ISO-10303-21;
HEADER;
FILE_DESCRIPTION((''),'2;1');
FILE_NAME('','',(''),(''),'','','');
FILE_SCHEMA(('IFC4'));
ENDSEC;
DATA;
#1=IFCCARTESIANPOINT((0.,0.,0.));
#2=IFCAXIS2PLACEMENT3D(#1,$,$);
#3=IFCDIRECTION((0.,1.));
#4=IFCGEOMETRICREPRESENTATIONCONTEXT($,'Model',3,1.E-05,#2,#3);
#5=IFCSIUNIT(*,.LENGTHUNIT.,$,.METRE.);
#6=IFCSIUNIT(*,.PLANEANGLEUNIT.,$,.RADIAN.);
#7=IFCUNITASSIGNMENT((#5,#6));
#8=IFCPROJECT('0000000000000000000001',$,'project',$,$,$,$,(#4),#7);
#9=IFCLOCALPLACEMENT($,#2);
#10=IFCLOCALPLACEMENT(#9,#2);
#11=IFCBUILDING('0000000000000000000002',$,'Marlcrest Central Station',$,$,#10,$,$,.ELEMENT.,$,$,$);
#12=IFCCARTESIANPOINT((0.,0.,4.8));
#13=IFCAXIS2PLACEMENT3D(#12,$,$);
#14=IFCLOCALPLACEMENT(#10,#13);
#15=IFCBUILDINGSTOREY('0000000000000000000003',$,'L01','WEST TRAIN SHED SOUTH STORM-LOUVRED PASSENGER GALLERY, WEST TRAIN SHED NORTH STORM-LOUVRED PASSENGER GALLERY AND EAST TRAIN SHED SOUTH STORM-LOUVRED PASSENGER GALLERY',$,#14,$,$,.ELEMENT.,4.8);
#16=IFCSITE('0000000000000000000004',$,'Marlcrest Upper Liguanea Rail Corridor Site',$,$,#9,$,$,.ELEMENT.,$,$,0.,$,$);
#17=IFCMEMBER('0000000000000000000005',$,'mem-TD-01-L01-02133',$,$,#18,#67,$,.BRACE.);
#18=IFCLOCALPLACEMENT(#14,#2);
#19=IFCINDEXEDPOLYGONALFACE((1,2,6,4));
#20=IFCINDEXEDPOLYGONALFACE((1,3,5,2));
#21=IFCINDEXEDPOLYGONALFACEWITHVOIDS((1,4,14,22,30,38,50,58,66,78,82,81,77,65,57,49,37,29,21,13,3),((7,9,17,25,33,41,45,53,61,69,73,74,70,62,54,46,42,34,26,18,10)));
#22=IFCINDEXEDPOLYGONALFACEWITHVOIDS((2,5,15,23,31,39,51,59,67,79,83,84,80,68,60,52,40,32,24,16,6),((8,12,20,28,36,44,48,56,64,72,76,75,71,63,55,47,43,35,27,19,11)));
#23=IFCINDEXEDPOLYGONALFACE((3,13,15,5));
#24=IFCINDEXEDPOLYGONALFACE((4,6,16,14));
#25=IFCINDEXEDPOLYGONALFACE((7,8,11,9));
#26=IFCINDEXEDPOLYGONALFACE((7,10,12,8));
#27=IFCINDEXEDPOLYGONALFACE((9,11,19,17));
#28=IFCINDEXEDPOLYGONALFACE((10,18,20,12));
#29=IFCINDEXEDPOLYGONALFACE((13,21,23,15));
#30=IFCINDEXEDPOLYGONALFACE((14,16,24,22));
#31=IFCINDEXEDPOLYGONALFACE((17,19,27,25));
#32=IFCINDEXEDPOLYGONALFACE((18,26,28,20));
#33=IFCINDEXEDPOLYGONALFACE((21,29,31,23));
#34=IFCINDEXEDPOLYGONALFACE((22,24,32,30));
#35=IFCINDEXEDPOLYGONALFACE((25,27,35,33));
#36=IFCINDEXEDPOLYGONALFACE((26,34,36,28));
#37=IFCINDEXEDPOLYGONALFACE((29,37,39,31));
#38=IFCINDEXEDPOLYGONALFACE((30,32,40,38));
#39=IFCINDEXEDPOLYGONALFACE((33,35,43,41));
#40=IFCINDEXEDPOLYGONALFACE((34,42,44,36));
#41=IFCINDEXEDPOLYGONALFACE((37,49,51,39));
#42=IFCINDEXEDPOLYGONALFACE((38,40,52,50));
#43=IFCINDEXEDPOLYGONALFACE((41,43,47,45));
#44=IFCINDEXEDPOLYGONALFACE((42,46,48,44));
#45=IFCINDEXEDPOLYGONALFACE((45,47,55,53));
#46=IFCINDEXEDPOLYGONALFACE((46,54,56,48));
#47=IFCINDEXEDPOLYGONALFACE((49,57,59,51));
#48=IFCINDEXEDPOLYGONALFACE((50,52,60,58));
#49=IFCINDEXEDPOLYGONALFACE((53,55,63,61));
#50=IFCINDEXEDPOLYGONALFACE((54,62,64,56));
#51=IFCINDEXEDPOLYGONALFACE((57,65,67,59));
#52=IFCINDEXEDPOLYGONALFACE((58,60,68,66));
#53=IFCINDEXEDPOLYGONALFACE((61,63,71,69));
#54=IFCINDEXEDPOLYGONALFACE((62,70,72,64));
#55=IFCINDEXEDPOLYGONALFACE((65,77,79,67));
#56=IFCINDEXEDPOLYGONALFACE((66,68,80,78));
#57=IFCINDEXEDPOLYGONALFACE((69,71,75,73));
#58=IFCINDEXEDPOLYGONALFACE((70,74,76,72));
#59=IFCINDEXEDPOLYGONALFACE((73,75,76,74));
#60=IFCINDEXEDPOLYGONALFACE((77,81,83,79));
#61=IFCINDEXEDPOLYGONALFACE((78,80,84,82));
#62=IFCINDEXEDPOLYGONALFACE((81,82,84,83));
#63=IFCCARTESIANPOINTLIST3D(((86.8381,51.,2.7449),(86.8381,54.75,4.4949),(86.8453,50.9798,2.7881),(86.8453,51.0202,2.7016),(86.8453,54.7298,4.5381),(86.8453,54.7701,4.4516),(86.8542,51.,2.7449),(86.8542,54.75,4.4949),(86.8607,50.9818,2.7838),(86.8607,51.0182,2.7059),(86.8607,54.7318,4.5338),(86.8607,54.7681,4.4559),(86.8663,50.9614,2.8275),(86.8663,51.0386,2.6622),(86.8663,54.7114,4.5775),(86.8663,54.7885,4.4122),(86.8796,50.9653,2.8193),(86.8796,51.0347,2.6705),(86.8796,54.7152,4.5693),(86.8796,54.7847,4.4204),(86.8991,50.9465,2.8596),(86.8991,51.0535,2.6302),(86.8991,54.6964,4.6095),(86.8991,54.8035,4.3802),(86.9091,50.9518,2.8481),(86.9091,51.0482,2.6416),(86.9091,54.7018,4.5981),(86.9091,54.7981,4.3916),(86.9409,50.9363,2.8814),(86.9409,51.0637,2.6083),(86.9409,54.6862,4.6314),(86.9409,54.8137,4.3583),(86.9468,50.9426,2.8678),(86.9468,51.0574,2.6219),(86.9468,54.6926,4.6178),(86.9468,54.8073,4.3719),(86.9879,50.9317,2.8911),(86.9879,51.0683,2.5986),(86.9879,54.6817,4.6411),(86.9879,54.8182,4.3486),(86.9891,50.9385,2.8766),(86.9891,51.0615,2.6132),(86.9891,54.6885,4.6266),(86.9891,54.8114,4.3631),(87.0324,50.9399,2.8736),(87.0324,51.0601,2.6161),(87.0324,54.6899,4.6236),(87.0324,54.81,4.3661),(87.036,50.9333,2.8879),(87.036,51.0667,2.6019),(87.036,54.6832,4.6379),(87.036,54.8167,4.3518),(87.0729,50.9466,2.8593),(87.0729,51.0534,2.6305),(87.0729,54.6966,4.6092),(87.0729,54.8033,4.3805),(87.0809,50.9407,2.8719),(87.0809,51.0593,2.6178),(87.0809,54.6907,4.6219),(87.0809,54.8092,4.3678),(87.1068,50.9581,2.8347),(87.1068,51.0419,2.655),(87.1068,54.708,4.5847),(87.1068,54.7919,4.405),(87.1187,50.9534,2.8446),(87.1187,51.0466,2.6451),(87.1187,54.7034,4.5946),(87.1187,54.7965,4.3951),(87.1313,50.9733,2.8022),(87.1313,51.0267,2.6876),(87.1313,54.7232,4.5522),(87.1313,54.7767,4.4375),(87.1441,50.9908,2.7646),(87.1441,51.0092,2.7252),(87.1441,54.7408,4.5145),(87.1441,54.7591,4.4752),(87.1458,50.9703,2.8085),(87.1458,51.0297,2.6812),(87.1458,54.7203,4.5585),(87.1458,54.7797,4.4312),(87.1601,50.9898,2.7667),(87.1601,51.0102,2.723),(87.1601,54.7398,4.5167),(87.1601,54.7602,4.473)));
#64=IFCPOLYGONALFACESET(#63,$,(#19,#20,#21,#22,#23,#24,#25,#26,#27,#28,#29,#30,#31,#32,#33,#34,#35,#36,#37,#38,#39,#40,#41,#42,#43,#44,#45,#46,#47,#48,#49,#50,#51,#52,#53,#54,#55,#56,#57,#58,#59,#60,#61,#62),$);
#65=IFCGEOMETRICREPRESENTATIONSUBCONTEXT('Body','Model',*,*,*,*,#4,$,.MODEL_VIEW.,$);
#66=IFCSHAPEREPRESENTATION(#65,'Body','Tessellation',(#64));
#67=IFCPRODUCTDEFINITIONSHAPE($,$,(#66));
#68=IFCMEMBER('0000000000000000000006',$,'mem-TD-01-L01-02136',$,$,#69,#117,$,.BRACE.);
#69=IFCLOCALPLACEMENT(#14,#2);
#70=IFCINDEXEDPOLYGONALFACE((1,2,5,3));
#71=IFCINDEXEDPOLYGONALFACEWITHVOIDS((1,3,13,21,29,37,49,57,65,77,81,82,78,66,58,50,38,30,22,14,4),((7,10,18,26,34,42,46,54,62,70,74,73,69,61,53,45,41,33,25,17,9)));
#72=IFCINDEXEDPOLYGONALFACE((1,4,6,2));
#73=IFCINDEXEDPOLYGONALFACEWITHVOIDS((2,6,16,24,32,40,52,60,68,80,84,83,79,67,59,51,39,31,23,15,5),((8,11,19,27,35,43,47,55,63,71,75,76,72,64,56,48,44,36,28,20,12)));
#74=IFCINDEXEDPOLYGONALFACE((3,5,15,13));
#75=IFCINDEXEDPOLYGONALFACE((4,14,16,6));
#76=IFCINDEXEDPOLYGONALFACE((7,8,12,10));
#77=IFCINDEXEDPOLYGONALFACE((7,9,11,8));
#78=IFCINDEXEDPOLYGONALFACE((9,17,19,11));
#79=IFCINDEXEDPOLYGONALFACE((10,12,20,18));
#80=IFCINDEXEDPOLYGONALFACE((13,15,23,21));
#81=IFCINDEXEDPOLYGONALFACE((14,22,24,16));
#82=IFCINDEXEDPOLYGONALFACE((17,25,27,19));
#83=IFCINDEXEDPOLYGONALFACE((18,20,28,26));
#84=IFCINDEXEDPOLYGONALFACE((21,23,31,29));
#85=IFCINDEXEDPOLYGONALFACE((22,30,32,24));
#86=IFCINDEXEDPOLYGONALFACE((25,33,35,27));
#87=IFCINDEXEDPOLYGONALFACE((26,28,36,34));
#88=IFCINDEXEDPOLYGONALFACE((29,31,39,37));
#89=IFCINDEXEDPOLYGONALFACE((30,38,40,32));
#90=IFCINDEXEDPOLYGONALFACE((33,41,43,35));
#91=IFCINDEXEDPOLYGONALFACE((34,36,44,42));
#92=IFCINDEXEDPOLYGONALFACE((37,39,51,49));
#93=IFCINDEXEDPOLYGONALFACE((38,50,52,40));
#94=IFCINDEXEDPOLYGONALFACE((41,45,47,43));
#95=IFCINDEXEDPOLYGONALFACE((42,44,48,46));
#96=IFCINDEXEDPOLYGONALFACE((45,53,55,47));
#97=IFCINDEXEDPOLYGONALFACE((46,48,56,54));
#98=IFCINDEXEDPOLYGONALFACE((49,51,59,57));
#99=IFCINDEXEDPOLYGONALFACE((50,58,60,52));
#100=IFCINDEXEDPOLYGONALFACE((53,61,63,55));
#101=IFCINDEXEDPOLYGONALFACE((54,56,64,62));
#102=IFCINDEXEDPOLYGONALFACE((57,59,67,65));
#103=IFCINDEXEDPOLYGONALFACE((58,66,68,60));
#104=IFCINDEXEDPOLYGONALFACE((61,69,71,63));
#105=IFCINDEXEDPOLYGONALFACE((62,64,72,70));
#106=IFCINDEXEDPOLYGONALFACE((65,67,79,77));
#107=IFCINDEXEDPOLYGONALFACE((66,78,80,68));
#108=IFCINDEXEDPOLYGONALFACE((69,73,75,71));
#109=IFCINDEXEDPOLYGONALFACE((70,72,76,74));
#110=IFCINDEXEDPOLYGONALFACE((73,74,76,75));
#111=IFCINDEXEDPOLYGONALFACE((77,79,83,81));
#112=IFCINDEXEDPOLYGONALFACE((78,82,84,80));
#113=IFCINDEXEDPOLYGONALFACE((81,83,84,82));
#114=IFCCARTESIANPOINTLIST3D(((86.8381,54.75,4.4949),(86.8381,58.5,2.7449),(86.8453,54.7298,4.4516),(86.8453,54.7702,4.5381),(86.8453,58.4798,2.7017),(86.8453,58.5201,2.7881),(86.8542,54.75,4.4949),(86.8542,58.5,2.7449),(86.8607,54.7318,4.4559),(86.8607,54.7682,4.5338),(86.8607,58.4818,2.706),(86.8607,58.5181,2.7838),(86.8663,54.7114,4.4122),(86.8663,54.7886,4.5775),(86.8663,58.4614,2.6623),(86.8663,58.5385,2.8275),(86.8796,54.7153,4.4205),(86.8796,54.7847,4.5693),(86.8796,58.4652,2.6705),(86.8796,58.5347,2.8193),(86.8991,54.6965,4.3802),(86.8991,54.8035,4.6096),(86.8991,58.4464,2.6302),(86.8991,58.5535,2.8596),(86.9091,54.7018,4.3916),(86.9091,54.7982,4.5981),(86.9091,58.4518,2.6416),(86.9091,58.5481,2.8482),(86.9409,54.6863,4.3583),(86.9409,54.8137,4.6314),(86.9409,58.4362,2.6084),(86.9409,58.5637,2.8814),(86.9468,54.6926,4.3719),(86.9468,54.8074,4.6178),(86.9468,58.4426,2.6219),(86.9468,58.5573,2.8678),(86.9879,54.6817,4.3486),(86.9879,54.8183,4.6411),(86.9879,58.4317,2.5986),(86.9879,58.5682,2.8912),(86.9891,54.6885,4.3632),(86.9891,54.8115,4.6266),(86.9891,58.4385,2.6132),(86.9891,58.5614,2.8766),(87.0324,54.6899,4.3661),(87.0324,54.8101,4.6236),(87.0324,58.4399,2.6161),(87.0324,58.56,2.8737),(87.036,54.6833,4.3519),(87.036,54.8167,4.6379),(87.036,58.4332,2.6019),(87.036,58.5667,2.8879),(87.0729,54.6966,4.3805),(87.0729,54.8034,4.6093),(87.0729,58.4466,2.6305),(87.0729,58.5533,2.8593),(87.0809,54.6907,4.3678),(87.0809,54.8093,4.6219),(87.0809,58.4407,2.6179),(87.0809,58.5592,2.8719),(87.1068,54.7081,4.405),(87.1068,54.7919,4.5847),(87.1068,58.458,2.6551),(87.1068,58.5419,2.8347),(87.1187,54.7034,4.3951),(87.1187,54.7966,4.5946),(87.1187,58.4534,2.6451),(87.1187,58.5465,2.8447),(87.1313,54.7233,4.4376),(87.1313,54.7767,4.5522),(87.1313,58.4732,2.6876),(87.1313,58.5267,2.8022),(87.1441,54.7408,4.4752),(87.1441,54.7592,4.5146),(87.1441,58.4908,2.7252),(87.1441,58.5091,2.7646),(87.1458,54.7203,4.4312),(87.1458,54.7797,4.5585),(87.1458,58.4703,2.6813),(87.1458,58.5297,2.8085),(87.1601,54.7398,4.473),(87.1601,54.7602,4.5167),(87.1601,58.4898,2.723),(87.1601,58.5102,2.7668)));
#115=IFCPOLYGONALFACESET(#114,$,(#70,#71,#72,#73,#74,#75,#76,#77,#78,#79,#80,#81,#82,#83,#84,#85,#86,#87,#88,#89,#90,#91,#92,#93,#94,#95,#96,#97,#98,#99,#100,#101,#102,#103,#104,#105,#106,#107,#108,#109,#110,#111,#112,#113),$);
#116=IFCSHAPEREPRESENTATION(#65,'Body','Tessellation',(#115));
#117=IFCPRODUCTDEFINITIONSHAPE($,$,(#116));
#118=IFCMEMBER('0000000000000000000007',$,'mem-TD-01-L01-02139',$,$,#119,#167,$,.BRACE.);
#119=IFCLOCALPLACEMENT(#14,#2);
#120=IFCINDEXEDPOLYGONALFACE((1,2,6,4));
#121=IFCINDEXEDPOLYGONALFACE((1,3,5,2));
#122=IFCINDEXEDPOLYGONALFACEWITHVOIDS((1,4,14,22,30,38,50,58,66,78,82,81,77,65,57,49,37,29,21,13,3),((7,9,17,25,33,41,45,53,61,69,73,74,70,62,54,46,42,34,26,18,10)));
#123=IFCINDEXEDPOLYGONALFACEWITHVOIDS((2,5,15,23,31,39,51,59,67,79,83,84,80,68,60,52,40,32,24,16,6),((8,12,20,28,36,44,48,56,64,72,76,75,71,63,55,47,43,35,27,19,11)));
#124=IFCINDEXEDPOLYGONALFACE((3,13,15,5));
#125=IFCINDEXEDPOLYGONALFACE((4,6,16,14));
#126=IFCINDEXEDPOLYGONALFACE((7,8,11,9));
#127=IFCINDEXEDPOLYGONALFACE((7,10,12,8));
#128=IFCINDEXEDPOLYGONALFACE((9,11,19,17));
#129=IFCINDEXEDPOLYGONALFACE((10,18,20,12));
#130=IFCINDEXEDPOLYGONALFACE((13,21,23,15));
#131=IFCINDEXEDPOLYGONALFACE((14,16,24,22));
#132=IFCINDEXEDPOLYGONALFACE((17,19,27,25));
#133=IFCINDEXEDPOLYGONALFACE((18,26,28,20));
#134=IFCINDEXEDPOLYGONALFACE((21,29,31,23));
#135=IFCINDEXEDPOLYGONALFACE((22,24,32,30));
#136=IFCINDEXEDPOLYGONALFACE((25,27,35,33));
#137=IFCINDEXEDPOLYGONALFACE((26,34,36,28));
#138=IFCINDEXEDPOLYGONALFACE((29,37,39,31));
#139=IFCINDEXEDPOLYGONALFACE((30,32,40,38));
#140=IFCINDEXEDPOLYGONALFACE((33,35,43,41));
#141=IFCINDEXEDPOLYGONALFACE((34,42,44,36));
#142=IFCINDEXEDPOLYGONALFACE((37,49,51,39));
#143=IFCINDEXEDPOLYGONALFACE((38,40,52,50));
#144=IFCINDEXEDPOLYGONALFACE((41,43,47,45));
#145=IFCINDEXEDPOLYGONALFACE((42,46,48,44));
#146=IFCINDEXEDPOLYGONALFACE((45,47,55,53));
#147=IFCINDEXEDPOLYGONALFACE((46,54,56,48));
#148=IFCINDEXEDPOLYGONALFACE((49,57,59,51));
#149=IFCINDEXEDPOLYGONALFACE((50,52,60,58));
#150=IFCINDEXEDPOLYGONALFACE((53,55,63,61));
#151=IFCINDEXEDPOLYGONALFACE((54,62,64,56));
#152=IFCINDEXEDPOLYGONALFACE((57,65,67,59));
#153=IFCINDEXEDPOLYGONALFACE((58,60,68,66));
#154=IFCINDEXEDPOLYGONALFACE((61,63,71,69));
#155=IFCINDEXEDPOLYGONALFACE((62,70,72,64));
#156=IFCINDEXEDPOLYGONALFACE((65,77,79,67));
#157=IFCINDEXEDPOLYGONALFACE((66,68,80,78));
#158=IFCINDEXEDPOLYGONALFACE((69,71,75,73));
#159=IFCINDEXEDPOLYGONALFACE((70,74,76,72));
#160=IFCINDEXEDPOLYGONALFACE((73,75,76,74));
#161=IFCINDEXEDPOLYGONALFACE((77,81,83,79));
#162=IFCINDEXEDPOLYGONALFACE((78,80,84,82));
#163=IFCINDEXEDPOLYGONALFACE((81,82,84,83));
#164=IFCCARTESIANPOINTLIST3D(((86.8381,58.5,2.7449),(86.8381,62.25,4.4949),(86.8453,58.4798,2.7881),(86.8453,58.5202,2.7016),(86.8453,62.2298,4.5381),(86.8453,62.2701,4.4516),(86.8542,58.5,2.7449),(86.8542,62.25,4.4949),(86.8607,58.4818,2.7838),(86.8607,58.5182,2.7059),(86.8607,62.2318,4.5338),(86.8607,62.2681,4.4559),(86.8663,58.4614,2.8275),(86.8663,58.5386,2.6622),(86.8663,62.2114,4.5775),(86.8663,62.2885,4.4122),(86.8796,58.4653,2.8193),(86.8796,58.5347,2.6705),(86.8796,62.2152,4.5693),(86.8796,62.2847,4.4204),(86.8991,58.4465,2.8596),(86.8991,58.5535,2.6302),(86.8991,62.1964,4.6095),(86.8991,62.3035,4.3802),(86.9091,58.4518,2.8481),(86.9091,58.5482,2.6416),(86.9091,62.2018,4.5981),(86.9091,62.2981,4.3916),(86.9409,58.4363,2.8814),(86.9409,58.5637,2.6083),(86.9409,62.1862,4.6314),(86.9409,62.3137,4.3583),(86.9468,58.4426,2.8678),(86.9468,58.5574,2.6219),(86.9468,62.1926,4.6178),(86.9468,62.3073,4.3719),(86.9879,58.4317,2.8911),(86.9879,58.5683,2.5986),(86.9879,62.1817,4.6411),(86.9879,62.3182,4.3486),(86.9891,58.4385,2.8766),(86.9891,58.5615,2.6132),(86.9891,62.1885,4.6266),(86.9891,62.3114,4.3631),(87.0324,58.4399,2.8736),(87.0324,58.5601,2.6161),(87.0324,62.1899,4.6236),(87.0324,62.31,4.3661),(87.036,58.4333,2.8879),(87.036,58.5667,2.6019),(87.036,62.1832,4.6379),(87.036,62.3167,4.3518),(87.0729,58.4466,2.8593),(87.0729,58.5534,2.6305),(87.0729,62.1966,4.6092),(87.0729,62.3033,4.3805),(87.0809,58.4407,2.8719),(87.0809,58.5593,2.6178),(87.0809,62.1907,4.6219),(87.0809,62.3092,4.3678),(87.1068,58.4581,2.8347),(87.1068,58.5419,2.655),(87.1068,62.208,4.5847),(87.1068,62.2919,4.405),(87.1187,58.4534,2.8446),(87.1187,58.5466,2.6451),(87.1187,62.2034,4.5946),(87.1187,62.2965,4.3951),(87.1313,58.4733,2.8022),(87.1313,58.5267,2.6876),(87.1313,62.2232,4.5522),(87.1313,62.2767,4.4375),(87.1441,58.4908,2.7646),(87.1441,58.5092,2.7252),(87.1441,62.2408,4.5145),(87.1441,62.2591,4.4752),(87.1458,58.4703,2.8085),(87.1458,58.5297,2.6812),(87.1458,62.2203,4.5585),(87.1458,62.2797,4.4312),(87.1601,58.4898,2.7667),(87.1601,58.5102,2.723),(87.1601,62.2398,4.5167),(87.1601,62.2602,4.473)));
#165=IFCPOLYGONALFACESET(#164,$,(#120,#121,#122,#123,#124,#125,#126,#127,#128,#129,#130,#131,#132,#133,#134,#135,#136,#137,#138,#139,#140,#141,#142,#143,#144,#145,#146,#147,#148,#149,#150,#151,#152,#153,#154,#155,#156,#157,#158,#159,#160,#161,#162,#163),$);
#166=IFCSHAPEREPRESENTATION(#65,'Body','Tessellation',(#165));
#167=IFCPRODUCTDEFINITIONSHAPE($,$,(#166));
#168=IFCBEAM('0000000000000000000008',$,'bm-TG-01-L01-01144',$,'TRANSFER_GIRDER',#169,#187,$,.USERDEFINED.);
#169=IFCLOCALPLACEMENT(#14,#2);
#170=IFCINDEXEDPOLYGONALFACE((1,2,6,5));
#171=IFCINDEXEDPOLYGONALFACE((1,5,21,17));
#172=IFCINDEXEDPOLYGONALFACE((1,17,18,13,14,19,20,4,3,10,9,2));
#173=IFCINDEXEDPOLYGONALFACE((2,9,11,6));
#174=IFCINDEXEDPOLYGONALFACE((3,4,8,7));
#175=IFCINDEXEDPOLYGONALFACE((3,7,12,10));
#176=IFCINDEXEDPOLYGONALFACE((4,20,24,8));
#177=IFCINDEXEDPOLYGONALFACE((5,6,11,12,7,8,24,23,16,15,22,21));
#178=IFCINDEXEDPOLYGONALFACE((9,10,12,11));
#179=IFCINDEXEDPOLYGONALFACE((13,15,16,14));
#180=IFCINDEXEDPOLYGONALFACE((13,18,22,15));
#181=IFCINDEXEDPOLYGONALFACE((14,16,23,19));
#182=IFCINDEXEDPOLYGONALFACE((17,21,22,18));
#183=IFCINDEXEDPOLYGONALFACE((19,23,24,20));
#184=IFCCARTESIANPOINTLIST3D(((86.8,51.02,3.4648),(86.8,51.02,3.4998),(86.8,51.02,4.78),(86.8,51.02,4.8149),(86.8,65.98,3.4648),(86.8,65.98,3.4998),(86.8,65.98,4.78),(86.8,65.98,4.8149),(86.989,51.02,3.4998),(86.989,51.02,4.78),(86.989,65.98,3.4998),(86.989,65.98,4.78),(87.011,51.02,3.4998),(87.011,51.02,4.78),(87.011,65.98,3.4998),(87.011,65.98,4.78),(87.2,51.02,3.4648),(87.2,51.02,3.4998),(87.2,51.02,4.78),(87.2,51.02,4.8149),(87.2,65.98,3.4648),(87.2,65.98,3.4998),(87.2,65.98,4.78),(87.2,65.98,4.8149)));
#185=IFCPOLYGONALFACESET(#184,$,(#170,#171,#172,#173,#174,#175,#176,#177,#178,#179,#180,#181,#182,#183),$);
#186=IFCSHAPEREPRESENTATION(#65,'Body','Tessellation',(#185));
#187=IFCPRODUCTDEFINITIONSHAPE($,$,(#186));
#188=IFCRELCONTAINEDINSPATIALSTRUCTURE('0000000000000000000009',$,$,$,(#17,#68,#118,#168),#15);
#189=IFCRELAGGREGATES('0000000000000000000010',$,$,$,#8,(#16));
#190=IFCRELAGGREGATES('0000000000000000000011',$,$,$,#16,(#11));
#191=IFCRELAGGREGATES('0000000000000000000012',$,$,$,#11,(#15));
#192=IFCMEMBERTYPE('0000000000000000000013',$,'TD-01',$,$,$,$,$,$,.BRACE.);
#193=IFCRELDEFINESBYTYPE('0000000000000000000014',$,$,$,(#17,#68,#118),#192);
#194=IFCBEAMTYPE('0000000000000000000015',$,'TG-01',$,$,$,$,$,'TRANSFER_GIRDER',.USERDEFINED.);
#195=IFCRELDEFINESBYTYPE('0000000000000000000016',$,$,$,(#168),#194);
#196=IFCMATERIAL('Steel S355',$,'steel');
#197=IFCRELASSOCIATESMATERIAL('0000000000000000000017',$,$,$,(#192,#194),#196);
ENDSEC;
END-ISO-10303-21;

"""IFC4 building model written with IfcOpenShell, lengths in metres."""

from ifc_helpers import new_model, si_unit, direction, frame, origin, origin_2d, place, context, subcontext, project, spatial, hollow_circle, i_section, extrude, material, material_profile, profile_set, type_object, element, save


model = new_model("IFC4")

# Units and contexts
model_context = context("Model", 3, precision=1e-05, world=origin(), true_north=direction((0.0, 1.0)))
body_context = subcontext(model_context, "Body", "Model", "MODEL_VIEW")
ifc_project = project(units=[si_unit("LENGTHUNIT", "METRE"), si_unit("PLANEANGLEUNIT", "RADIAN")], contexts=[model_context])

# Site, building, storey
site_placement = place(None, origin())
site = spatial("IfcSite", under=ifc_project, at=site_placement, Name="Marlcrest Upper Liguanea Rail Corridor Site", CompositionType="ELEMENT", RefElevation=0.0)
building_placement = place(site_placement, origin())
building = spatial("IfcBuilding", under=site, at=building_placement, Name="Marlcrest Central Station", CompositionType="ELEMENT")
storey_placement = place(building_placement, frame((0.0, 0.0, 4.8)))
storey = spatial("IfcBuildingStorey", under=building, at=storey_placement, Name="L01", Description="WEST TRAIN SHED SOUTH STORM-LOUVRED PASSENGER GALLERY, WEST TRAIN SHED NORTH STORM-LOUVRED PASSENGER GALLERY AND EAST TRAIN SHED SOUTH STORM-LOUVRED PASSENGER GALLERY", CompositionType="ELEMENT", Elevation=4.8)

# Shared definitions
ifc_material = material(Name="Steel S355", Category="steel")

# Members
ifc_material_profile_1 = material_profile(ifc_material, hollow_circle(Radius=0.1619, WallThickness=0.0161, at=origin_2d()), Name="CHS 323.9x16")
ifc_profile_set_1 = profile_set([ifc_material_profile_1], Name="Steel S355")
member_type_1 = type_object("IfcMemberType", Name="TD-01", PredefinedType="BRACE", material=ifc_profile_set_1)
for number, where, z_axis, x_axis, name in (
    (1, (87.0, 51.0, 2.7449), (0.0, 0.906183, 0.422885), (-1.0, 0.0, 0.0), "mem-TD-01-L01-02133"),
    (2, (87.0, 54.75, 4.4949), (0.0, 0.906183, -0.422885), (-1.0, 0.0, 0.0), "mem-TD-01-L01-02136"),
    (3, (87.0, 58.5, 2.7449), (0.0, 0.906183, 0.422885), (-1.0, 0.0, 0.0), "mem-TD-01-L01-02139"),
):
    element("IfcMember", number, at=place(storey_placement, frame(where, z_axis=z_axis, x_axis=x_axis)), inside=storey, type_object=member_type_1, Name=name, PredefinedType="BRACE", context=body_context, shape_type="SweptSolid", body=[
        extrude(hollow_circle(Radius=0.1619, WallThickness=0.0161, at=origin_2d()), origin(), (0.0, 0.0, 1.0), 4.1382),
    ])

# Beam
ifc_material_profile_2 = material_profile(ifc_material, i_section(OverallWidth=0.3999, OverallDepth=1.3501, WebThickness=0.022, FlangeThickness=0.0349, at=origin_2d()), Name="PG 1350x400")
ifc_profile_set_2 = profile_set([ifc_material_profile_2], Name="Steel S355")
beam_type = type_object("IfcBeamType", Name="TG-01", ElementType="TRANSFER_GIRDER", PredefinedType="USERDEFINED", material=ifc_profile_set_2)
beam_placement = place(storey_placement, frame((87.0, 51.02, 4.1399), z_axis=(0.0, 1.0, 0.0), x_axis=(-1.0, 0.0, 0.0)))
element("IfcBeam", 4, at=beam_placement, inside=storey, type_object=beam_type, Name="bm-TG-01-L01-01144", ObjectType="TRANSFER_GIRDER", PredefinedType="USERDEFINED", context=body_context, shape_type="SweptSolid", body=[
    extrude(i_section(OverallWidth=0.3999, OverallDepth=1.3501, WebThickness=0.022, FlangeThickness=0.0349, at=origin_2d()), origin(), (0.0, 0.0, 1.0), 14.96),
])

save(model, "model.ifc")
